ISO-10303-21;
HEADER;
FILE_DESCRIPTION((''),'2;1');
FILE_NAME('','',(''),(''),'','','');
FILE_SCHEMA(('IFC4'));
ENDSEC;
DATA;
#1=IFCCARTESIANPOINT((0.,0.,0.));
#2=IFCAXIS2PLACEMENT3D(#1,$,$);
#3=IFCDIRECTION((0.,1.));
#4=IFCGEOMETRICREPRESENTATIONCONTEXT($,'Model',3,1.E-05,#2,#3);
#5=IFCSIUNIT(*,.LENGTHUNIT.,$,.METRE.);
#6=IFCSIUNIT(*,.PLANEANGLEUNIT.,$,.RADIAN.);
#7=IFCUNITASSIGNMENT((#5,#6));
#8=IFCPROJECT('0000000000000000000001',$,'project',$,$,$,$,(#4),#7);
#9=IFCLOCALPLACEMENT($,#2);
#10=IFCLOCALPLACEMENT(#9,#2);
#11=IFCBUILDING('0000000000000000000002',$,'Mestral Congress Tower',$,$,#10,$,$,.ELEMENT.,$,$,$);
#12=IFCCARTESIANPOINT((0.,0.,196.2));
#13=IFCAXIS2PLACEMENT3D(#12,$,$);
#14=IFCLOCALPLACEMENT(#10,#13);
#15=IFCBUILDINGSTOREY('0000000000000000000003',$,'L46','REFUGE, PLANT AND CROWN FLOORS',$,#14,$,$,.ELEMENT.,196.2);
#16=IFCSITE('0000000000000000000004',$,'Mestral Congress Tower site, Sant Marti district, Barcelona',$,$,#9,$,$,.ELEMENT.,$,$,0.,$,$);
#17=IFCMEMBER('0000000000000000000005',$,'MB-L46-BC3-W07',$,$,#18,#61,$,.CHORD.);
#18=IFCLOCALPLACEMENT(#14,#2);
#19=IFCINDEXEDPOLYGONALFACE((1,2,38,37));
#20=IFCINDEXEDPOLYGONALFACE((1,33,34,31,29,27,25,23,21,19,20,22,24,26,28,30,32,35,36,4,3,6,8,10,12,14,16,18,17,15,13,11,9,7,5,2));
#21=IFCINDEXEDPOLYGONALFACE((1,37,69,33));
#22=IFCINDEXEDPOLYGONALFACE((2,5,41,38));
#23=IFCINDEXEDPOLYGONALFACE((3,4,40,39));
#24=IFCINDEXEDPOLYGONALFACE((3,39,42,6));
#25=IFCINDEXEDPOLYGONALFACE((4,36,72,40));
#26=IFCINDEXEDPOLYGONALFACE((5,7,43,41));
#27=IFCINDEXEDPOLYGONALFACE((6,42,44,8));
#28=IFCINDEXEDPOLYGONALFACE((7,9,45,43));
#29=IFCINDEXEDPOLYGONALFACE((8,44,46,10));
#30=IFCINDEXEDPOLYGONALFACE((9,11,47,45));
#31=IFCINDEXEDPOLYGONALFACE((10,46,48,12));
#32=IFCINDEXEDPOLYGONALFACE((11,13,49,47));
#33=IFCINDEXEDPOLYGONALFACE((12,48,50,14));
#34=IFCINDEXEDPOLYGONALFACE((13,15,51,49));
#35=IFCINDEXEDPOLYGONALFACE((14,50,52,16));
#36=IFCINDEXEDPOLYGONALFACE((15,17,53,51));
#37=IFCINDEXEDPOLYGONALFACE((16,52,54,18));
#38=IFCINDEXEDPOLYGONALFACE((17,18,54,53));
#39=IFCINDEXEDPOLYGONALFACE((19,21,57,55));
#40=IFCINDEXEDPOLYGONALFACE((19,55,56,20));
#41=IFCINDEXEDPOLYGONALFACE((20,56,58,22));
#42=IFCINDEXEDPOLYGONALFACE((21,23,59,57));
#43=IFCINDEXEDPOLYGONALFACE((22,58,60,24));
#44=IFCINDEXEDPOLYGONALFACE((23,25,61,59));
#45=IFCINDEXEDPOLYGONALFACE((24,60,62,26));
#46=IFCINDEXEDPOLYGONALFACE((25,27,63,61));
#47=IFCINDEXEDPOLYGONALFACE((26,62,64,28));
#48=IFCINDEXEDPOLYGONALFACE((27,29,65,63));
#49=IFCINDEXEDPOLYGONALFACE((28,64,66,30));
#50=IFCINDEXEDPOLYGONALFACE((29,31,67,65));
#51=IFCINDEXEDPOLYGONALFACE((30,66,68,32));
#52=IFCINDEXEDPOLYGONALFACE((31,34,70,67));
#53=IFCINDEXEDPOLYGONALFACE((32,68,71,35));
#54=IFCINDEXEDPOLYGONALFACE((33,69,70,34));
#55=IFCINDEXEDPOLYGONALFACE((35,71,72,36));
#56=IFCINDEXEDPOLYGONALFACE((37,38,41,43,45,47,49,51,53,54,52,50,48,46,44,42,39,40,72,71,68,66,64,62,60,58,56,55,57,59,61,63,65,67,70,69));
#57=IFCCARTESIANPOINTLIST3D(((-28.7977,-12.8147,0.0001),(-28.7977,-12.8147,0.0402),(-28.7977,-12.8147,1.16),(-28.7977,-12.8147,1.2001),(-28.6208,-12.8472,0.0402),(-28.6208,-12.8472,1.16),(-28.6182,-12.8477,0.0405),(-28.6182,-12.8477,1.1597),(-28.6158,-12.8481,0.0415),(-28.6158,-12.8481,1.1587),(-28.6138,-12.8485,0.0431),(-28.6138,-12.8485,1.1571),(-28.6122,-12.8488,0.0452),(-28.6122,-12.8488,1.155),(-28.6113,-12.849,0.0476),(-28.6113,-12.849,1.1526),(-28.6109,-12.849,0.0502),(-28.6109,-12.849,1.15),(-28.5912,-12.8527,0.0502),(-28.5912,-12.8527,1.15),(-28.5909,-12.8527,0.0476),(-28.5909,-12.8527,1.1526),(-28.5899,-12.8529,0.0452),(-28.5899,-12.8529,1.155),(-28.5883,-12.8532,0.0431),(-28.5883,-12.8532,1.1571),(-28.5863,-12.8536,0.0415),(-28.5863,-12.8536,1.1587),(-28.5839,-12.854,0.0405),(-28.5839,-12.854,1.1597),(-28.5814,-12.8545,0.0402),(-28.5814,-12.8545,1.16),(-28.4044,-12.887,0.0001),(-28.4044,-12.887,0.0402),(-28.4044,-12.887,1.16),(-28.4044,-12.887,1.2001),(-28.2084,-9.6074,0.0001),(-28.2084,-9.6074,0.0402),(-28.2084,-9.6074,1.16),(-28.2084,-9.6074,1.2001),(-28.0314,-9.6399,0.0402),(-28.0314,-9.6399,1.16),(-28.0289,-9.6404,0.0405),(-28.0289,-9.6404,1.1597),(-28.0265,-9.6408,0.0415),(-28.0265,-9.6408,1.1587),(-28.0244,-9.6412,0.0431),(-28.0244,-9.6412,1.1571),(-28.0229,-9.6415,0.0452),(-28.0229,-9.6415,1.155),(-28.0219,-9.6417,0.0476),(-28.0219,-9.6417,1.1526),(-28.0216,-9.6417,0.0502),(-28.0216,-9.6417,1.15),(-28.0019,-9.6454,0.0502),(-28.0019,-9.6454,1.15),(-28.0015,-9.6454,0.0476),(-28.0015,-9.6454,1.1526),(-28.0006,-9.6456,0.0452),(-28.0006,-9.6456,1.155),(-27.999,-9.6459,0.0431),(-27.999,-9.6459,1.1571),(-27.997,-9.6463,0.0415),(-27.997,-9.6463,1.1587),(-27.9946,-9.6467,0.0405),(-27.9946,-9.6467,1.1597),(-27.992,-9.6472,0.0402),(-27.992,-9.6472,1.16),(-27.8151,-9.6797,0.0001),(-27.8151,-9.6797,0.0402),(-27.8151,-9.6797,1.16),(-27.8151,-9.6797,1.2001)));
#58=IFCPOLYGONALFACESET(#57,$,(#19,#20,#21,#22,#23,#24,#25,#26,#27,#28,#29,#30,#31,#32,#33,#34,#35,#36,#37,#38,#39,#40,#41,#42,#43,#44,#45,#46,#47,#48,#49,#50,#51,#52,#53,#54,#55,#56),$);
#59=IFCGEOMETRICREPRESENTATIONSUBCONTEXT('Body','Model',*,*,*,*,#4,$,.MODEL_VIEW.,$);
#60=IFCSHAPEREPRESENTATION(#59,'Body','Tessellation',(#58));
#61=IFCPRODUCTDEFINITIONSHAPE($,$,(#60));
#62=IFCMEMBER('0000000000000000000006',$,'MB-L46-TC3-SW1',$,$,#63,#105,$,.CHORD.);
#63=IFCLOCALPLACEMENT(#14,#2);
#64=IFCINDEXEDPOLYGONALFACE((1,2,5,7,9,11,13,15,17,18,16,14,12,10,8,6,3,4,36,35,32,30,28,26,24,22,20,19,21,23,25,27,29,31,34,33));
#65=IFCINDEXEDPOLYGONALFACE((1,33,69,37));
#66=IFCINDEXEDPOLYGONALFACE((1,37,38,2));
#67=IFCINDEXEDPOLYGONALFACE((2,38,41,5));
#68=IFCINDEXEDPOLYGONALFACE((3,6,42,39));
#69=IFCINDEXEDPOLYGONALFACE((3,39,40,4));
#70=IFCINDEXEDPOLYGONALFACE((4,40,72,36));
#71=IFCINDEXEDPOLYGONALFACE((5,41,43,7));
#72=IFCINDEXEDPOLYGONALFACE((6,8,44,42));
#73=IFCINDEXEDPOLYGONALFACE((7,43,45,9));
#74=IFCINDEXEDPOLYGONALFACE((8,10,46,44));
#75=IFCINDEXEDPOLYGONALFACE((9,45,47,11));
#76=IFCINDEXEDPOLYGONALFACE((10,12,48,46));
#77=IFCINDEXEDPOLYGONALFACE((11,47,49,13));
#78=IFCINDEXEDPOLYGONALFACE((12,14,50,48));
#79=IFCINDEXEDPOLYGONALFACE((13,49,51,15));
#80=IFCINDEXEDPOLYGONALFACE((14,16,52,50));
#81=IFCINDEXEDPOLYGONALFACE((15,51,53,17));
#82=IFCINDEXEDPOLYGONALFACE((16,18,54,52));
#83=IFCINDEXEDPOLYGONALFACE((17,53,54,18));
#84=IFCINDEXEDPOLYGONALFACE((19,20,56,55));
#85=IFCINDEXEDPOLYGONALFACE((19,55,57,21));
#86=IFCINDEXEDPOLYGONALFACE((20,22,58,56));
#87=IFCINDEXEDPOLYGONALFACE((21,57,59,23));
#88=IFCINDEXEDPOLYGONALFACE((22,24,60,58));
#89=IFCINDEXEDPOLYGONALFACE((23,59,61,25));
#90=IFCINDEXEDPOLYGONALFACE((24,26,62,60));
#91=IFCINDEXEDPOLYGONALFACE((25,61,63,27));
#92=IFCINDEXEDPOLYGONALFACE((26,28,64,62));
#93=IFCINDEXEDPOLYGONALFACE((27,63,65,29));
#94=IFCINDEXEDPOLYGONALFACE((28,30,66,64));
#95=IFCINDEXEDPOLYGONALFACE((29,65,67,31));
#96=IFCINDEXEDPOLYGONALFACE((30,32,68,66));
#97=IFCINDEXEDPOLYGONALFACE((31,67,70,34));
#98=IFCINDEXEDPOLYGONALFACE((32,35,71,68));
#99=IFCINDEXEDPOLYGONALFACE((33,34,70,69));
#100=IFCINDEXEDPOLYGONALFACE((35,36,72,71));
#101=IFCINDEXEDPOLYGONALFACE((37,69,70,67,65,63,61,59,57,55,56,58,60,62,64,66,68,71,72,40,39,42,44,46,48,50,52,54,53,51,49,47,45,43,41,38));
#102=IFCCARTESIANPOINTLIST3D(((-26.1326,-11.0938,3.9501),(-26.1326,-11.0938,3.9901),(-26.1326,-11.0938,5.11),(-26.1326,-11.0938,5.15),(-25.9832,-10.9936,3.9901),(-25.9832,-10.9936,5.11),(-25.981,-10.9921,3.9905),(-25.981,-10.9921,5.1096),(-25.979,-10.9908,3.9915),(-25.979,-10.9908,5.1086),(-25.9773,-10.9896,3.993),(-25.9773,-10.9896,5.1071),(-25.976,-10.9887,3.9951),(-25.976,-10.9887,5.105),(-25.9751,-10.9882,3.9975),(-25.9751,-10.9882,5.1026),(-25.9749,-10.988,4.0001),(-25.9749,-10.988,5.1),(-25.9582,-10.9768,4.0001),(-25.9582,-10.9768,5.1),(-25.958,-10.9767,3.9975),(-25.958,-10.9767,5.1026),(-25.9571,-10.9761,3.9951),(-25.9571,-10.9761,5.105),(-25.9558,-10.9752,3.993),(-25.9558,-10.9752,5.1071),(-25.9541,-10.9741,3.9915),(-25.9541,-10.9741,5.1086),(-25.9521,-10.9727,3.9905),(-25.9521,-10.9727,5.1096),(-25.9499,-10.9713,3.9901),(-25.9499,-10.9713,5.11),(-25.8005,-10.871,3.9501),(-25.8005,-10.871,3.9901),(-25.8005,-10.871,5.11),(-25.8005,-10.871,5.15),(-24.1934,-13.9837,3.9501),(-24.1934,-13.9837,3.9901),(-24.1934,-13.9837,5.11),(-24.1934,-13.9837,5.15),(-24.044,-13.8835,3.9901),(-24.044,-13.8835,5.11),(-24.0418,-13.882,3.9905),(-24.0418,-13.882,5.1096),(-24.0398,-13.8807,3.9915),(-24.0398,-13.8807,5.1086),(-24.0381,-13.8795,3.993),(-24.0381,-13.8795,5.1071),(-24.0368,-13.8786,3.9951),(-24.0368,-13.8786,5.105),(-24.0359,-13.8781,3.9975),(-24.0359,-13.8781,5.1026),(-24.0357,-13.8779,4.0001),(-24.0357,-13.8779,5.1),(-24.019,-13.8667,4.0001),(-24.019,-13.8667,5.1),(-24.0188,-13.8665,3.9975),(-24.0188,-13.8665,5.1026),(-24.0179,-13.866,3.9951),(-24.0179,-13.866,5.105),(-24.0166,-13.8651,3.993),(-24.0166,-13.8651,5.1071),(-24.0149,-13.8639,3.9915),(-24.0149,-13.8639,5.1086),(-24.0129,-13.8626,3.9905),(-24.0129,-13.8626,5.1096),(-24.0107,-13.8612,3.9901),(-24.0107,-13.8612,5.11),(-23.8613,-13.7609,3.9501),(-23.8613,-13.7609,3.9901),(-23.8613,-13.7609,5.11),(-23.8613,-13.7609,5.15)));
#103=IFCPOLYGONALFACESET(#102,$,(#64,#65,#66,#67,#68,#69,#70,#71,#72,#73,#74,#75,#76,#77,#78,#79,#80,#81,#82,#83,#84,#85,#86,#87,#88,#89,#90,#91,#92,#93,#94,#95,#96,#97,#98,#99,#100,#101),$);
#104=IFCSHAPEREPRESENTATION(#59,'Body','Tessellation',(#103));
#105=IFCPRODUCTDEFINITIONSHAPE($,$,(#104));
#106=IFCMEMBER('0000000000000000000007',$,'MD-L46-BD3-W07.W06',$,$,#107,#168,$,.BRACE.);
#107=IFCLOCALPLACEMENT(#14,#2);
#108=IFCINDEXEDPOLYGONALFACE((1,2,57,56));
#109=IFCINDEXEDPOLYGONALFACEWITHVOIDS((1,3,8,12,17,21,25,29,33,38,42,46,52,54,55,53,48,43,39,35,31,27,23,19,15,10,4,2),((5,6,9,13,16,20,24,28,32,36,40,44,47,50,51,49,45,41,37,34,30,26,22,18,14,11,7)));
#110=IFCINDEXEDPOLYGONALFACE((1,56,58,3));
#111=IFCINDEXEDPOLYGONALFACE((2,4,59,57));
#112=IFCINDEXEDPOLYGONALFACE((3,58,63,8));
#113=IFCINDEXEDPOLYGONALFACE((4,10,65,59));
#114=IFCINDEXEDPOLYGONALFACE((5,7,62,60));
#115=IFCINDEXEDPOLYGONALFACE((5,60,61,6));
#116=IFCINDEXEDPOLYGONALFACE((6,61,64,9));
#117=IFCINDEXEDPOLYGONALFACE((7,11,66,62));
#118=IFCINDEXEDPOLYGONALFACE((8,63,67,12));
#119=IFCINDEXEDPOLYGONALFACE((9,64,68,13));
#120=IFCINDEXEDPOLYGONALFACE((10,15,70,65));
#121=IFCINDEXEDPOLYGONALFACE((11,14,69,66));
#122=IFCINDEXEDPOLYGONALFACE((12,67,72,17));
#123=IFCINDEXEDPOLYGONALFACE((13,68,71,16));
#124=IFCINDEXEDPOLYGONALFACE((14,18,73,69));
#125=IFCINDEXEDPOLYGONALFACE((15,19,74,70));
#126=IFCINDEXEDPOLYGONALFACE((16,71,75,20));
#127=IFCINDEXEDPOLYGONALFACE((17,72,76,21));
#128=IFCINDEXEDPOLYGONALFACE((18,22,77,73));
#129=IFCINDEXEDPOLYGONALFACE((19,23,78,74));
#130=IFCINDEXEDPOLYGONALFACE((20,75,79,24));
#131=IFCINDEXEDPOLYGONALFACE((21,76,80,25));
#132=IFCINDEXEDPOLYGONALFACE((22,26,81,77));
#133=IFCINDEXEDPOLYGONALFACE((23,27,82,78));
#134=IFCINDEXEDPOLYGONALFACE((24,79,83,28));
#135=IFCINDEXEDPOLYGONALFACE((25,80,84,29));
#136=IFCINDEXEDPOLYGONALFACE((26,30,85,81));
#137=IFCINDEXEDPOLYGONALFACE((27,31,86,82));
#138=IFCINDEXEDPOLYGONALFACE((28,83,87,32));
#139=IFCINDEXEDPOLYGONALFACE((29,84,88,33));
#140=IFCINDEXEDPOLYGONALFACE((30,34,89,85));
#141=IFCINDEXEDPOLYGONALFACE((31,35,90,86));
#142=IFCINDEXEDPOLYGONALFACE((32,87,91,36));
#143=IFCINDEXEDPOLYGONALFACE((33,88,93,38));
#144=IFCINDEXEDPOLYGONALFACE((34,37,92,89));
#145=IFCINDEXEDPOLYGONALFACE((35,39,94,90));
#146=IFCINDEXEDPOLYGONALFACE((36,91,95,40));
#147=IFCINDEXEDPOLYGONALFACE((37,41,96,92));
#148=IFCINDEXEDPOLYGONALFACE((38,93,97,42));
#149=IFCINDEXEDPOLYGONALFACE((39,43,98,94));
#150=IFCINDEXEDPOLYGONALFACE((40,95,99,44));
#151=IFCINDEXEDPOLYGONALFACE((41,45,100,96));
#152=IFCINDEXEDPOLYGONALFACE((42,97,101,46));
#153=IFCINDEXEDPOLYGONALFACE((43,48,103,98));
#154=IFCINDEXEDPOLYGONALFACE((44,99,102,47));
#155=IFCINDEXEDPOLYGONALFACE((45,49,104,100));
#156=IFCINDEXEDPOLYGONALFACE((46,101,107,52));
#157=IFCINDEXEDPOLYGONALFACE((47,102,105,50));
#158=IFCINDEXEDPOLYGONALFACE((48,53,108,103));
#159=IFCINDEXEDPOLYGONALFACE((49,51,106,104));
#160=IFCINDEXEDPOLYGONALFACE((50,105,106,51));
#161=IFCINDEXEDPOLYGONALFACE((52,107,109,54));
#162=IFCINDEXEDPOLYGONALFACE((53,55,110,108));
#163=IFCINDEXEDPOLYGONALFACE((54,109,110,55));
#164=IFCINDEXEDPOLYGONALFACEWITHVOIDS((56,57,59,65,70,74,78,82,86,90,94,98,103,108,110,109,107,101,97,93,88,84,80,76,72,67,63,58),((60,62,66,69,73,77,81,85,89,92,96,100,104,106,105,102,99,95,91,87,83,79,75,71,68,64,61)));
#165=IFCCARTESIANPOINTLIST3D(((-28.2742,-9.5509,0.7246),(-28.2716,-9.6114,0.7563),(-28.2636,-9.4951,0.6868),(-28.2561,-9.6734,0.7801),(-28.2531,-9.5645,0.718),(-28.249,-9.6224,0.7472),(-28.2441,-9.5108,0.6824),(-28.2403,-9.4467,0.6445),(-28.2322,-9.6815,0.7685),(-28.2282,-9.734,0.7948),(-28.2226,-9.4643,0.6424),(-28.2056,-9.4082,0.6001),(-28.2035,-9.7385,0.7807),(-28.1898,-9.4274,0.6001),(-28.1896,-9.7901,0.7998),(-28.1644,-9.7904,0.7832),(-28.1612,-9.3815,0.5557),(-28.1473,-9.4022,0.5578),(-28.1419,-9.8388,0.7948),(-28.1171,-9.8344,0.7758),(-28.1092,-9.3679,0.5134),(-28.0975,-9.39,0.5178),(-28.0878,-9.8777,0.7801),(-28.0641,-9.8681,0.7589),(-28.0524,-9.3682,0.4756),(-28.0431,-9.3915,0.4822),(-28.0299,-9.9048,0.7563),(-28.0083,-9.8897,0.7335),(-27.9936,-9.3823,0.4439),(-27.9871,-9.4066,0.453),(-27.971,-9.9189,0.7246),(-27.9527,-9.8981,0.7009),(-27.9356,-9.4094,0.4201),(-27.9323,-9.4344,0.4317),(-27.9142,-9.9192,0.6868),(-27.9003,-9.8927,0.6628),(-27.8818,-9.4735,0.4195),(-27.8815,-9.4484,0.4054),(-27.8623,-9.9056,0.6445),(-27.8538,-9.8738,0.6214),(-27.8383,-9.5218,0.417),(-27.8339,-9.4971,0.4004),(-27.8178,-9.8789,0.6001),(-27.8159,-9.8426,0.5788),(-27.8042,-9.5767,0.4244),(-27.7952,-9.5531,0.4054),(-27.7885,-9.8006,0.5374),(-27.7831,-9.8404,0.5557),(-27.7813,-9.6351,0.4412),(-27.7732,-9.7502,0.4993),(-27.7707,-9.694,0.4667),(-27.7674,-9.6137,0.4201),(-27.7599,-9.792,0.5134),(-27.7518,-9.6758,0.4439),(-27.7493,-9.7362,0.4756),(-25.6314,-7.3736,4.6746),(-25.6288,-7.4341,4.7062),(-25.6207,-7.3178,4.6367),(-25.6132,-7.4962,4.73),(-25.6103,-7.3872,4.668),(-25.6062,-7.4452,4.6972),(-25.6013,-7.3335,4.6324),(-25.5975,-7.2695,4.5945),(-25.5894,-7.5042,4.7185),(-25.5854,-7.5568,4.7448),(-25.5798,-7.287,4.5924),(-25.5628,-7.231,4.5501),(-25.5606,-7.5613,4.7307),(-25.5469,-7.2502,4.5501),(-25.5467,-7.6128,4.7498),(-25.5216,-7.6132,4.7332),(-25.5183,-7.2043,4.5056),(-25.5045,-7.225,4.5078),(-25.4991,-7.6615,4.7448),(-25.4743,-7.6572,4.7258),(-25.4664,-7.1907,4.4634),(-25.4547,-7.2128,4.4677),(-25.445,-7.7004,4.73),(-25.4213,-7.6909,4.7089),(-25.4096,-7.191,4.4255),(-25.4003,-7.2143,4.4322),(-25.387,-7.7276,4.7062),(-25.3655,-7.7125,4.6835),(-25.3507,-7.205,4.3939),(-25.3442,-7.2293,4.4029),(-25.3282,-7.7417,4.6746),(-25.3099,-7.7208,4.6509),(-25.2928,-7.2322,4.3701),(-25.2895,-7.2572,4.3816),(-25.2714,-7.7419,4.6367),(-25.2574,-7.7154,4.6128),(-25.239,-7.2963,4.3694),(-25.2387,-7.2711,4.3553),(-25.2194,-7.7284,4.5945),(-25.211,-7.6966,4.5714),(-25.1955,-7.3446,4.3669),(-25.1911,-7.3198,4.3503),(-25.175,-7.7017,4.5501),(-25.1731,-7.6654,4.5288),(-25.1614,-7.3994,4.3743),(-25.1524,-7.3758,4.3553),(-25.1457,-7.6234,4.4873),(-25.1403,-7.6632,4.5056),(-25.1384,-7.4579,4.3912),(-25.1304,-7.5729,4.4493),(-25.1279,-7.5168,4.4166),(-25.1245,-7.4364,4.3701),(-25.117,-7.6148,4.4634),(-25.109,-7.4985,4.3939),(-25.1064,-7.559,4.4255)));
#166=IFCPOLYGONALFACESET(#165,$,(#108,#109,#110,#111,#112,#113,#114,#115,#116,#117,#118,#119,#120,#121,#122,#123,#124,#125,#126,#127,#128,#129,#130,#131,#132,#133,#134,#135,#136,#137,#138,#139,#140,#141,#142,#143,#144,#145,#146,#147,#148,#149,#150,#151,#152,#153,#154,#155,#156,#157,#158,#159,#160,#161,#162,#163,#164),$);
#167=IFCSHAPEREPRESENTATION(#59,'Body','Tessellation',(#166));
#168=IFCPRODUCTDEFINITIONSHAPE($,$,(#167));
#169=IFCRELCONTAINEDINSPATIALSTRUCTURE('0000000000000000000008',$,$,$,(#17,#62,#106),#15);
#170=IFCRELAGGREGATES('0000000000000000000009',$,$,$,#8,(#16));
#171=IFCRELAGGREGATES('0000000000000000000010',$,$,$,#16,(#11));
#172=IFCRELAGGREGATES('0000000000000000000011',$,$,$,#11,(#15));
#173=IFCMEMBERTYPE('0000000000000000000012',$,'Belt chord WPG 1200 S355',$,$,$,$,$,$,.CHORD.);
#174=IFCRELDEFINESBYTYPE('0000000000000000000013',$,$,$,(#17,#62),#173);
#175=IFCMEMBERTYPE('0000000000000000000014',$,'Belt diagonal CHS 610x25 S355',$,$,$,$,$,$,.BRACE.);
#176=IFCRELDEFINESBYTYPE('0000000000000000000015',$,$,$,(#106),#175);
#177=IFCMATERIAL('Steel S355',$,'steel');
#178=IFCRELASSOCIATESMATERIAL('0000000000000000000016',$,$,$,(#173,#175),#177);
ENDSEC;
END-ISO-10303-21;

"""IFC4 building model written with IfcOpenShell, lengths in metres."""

from ifc_helpers import new_model, si_unit, direction, frame, origin, origin_2d, place, context, subcontext, project, spatial, hollow_circle, i_section, extrude, material, material_profile, profile_set, type_object, element, save


model = new_model("IFC4")

# Units and contexts
model_context = context("Model", 3, precision=1e-05, world=origin(), true_north=direction((0.0, 1.0)))
body_context = subcontext(model_context, "Body", "Model", "MODEL_VIEW")
ifc_project = project(units=[si_unit("LENGTHUNIT", "METRE"), si_unit("PLANEANGLEUNIT", "RADIAN")], contexts=[model_context])

# Site, building, storey
site_placement = place(None, origin())
site = spatial("IfcSite", under=ifc_project, at=site_placement, Name="Mestral Congress Tower site, Sant Marti district, Barcelona", CompositionType="ELEMENT", RefElevation=0.0)
building_placement = place(site_placement, origin())
building = spatial("IfcBuilding", under=site, at=building_placement, Name="Mestral Congress Tower", CompositionType="ELEMENT")
storey_placement = place(building_placement, frame((0.0, 0.0, 196.2)))
storey = spatial("IfcBuildingStorey", under=building, at=storey_placement, Name="L46", Description="REFUGE, PLANT AND CROWN FLOORS", CompositionType="ELEMENT", Elevation=196.2)

# Members
ifc_material_1 = material(Name="Steel S355", Category="steel")
ifc_material_profile_1 = material_profile(ifc_material_1, i_section(OverallWidth=0.3999, OverallDepth=1.2, WebThickness=0.02, FlangeThickness=0.04, FilletRadius=0.01, at=origin_2d()), Name="WPG 1200")
ifc_profile_set_1 = profile_set([ifc_material_profile_1], Name="Steel S355")
member_type_1 = type_object("IfcMemberType", Name="Belt chord WPG 1200 S355", PredefinedType="CHORD", material=ifc_profile_set_1)
member_1_placement = place(storey_placement, frame((-28.0117, -9.6436, 0.6001), z_axis=(-0.18073, -0.983533, 0.0), x_axis=(0.983533, -0.18073, 0.0)))
element("IfcMember", 1, at=member_1_placement, inside=storey, type_object=member_type_1, Name="MB-L46-BC3-W07", PredefinedType="CHORD", context=body_context, shape_type="SweptSolid", body=[
    extrude(i_section(OverallWidth=0.3999, OverallDepth=1.2, WebThickness=0.02, FlangeThickness=0.04, FilletRadius=0.01, at=origin_2d()), origin(), (0.0, 0.0, 1.0), 3.261),
])
member_2_placement = place(storey_placement, frame((-25.9666, -10.9824, 4.55), z_axis=(0.557207, -0.830374, 0.0), x_axis=(0.830374, 0.557207, 0.0)))
element("IfcMember", 2, at=member_2_placement, inside=storey, type_object=member_type_1, Name="MB-L46-TC3-SW1", PredefinedType="CHORD", context=body_context, shape_type="SweptSolid", body=[
    extrude(i_section(OverallWidth=0.3999, OverallDepth=1.2, WebThickness=0.02, FlangeThickness=0.04, FilletRadius=0.01, at=origin_2d()), origin(), (0.0, 0.0, 1.0), 3.4802),
])
ifc_material_profile_2 = material_profile(ifc_material_1, hollow_circle(Radius=0.3049, WallThickness=0.0249, at=origin_2d()), Name="CHS 610x25")
ifc_profile_set_2 = profile_set([ifc_material_profile_2], Name="Steel S355")
member_type_2 = type_object("IfcMemberType", Name="Belt diagonal CHS 610x25 S355", PredefinedType="BRACE", material=ifc_profile_set_2)
member_3_placement = place(storey_placement, frame((-28.0117, -9.6436, 0.6001), z_axis=(0.505559, 0.416496, 0.755606), x_axis=(-0.635847, 0.771815, 0.0)))
element("IfcMember", 3, at=member_3_placement, inside=storey, type_object=member_type_2, Name="MD-L46-BD3-W07.W06", PredefinedType="BRACE", context=body_context, shape_type="SweptSolid", body=[
    extrude(hollow_circle(Radius=0.3049, WallThickness=0.0249, at=origin_2d()), origin(), (0.0, 0.0, 1.0), 5.2275),
])

save(model, "model.ifc")
